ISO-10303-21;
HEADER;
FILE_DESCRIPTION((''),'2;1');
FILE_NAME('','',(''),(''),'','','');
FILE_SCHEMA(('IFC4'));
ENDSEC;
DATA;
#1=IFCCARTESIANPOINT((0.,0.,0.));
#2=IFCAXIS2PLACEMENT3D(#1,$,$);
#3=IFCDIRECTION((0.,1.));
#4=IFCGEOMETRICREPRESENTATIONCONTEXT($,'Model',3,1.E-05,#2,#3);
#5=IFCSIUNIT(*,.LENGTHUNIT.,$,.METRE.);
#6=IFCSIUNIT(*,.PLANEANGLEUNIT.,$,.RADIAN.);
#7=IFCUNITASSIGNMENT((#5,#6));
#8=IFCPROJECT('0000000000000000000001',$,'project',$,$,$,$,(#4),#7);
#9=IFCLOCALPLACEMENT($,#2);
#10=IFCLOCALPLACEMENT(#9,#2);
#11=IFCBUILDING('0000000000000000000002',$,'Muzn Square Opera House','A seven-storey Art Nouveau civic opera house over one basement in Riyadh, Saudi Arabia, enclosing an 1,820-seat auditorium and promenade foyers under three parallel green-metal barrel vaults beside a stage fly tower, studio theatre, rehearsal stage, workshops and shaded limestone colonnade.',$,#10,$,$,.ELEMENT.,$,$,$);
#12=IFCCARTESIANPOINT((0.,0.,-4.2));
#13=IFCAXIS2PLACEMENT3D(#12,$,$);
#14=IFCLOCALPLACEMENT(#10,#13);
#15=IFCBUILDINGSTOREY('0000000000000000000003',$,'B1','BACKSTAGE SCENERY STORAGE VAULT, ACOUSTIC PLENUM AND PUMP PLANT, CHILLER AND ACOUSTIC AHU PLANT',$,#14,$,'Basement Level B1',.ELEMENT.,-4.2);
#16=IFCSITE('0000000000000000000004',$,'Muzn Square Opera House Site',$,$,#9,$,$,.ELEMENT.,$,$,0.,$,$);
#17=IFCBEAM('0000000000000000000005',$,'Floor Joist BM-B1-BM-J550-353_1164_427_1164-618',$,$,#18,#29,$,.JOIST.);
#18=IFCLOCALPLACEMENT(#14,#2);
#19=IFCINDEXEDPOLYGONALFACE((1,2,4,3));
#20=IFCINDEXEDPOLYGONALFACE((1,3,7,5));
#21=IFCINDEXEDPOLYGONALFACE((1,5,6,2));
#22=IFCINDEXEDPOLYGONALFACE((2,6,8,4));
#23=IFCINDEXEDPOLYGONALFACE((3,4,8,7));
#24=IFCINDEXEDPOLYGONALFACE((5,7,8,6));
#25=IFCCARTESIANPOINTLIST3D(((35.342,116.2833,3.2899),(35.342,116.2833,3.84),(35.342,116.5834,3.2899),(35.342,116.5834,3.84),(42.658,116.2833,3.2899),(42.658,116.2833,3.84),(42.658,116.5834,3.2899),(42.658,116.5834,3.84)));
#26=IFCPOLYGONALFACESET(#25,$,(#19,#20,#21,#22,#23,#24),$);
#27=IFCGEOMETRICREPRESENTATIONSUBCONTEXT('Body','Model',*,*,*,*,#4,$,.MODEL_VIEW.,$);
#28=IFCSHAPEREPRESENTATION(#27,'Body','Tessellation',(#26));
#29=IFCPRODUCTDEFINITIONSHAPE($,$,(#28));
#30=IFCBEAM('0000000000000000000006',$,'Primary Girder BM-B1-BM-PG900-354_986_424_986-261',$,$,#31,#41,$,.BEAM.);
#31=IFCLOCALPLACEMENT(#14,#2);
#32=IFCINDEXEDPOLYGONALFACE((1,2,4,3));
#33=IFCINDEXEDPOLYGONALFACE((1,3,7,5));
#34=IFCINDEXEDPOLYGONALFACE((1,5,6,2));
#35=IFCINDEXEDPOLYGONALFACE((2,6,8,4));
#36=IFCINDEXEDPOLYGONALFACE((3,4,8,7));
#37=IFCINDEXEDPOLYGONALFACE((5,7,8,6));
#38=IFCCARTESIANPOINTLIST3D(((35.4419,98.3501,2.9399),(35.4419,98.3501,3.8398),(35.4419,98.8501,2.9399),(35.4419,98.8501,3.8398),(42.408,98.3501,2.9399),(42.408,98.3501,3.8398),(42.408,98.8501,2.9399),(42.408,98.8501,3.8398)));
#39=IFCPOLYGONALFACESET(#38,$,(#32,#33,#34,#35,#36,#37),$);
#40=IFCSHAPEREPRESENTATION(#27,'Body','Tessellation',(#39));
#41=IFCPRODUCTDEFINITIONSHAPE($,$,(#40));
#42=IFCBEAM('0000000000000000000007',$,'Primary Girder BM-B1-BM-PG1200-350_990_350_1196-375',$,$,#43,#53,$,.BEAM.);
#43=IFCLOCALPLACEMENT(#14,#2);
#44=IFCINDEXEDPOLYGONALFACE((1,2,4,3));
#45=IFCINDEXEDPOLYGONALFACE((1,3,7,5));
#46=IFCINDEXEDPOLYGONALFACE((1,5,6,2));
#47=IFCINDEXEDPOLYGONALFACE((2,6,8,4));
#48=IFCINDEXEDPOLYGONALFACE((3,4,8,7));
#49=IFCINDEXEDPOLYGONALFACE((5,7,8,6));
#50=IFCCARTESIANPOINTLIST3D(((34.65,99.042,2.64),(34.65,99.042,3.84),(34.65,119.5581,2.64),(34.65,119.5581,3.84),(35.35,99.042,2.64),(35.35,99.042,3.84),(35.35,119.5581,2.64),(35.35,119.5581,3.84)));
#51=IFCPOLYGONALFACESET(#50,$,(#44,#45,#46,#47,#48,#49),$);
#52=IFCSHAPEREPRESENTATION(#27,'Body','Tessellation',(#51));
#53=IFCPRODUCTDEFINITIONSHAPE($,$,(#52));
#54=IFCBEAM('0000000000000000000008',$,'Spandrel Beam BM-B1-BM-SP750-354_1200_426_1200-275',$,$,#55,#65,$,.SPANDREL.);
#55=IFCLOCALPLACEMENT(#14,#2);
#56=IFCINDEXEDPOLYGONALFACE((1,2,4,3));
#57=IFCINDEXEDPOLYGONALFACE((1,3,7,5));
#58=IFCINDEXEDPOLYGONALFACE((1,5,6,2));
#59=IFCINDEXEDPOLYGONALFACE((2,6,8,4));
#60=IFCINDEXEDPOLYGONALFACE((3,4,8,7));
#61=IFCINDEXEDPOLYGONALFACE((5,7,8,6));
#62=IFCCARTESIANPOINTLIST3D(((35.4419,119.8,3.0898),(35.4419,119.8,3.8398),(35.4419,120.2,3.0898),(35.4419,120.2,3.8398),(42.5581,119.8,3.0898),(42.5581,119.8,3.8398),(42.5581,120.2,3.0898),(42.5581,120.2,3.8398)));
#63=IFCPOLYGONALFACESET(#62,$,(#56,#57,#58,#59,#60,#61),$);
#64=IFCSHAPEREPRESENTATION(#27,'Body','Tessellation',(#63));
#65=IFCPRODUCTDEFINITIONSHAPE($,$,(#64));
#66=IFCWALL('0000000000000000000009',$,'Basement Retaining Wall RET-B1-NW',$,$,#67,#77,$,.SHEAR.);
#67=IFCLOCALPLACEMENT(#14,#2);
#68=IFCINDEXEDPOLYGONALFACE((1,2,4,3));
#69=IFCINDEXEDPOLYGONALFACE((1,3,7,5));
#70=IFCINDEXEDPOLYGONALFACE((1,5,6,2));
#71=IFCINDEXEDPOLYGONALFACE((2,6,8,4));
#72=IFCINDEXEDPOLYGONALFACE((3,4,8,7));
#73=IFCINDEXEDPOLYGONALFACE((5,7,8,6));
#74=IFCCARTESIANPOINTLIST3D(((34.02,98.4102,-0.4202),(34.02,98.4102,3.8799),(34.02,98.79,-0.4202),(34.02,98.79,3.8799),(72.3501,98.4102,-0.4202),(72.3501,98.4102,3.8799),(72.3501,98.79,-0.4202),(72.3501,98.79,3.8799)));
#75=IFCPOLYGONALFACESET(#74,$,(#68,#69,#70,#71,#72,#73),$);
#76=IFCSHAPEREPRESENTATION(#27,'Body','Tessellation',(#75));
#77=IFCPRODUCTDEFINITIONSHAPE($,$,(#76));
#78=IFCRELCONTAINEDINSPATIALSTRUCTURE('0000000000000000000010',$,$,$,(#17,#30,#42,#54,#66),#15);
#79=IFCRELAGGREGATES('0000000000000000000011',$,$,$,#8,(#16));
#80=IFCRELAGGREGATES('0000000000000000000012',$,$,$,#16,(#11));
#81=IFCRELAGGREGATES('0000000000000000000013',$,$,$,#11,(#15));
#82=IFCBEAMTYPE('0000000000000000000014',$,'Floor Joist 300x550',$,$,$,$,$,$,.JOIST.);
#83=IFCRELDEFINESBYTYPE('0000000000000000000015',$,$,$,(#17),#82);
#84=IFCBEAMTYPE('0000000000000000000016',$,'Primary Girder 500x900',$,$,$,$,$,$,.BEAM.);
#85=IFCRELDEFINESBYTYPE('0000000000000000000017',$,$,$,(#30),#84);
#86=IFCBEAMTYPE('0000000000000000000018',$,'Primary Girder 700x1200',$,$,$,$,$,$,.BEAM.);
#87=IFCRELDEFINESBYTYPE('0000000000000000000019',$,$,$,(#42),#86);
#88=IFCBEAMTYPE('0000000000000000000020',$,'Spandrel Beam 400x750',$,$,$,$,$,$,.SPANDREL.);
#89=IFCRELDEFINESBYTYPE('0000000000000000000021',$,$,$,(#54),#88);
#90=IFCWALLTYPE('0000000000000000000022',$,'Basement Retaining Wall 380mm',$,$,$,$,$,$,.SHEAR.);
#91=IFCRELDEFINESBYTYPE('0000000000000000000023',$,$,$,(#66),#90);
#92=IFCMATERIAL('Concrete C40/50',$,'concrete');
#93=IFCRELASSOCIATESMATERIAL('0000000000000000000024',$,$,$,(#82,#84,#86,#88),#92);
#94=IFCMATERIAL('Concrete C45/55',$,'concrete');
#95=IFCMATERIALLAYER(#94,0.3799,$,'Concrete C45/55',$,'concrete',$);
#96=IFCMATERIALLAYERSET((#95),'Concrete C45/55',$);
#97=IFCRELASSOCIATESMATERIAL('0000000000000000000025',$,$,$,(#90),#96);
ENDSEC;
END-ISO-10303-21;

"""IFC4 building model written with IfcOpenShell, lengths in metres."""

from ifc_helpers import new_model, si_unit, direction, frame, frame_2d, origin, origin_2d, place, context, subcontext, project, spatial, rectangle, extrude, material, layer, layer_set, material_profile, profile_set, type_object, element, save


model = new_model("IFC4")

# Units and contexts
model_context = context("Model", 3, precision=1e-05, world=origin(), true_north=direction((0.0, 1.0)))
body_context = subcontext(model_context, "Body", "Model", "MODEL_VIEW")
ifc_project = project(units=[si_unit("LENGTHUNIT", "METRE"), si_unit("PLANEANGLEUNIT", "RADIAN")], contexts=[model_context])

# Site, building, storey
site_placement = place(None, origin())
site = spatial("IfcSite", under=ifc_project, at=site_placement, Name="Muzn Square Opera House Site", CompositionType="ELEMENT", RefElevation=0.0)
building_placement = place(site_placement, origin())
building = spatial("IfcBuilding", under=site, at=building_placement, Name="Muzn Square Opera House", Description="A seven-storey Art Nouveau civic opera house over one basement in Riyadh, Saudi Arabia, enclosing an 1,820-seat auditorium and promenade foyers under three parallel green-metal barrel vaults beside a stage fly tower, studio theatre, rehearsal stage, workshops and shaded limestone colonnade.", CompositionType="ELEMENT")
storey_placement = place(building_placement, frame((0.0, 0.0, -4.2)))
storey = spatial("IfcBuildingStorey", under=building, at=storey_placement, Name="B1", Description="BACKSTAGE SCENERY STORAGE VAULT, ACOUSTIC PLENUM AND PUMP PLANT, CHILLER AND ACOUSTIC AHU PLANT", LongName="Basement Level B1", CompositionType="ELEMENT", Elevation=-4.2)

# Shared definitions
ifc_material_1 = material(Name="Concrete C40/50", Category="concrete")

# Shared definitions
ifc_material_2 = material(Name="Concrete C45/55", Category="concrete")

# Beams
ifc_material_profile_1 = material_profile(ifc_material_1, rectangle(XDim=0.3, YDim=0.55, at=origin_2d()), Name="RCJ 300x550", Category="concrete")
ifc_profile_set_1 = profile_set([ifc_material_profile_1], Name="Concrete C40/50")
beam_type_1 = type_object("IfcBeamType", Name="Floor Joist 300x550", PredefinedType="JOIST", material=ifc_profile_set_1)
for number, where, z_axis, x_axis, name in (
    (1, (35.342, 116.4333, 3.5649), (1.0, 0.0, 0.0), (0.0, 1.0, 0.0), "Floor Joist BM-B1-BM-J550-353_1164_427_1164-618"),
):
    element("IfcBeam", number, at=place(storey_placement, frame(where, z_axis=z_axis, x_axis=x_axis)), inside=storey, type_object=beam_type_1, Name=name, PredefinedType="JOIST", context=body_context, shape_type="SweptSolid", body=[
        extrude(rectangle(XDim=0.3, YDim=0.55, at=origin_2d()), origin(), (0.0, 0.0, 1.0), 7.3159),
    ])
ifc_material_profile_2 = material_profile(ifc_material_1, rectangle(XDim=0.5, YDim=0.8999, at=origin_2d()), Name="RCB 500x900", Category="concrete")
ifc_profile_set_2 = profile_set([ifc_material_profile_2], Name="Concrete C40/50")
beam_type_2 = type_object("IfcBeamType", Name="Primary Girder 500x900", PredefinedType="BEAM", material=ifc_profile_set_2)
beam_1_placement = place(storey_placement, frame((35.4419, 98.6001, 3.3899), z_axis=(1.0, 0.0, 0.0), x_axis=(0.0, 1.0, 0.0)))
element("IfcBeam", 2, at=beam_1_placement, inside=storey, type_object=beam_type_2, Name="Primary Girder BM-B1-BM-PG900-354_986_424_986-261", PredefinedType="BEAM", context=body_context, shape_type="SweptSolid", body=[
    extrude(rectangle(XDim=0.5, YDim=0.8999, at=origin_2d()), origin(), (0.0, 0.0, 1.0), 6.9661),
])
ifc_material_profile_3 = material_profile(ifc_material_1, rectangle(XDim=0.7, YDim=1.2, at=origin_2d()), Name="RCB 700x1200", Category="concrete")
ifc_profile_set_3 = profile_set([ifc_material_profile_3], Name="Concrete C40/50")
beam_type_3 = type_object("IfcBeamType", Name="Primary Girder 700x1200", PredefinedType="BEAM", material=ifc_profile_set_3)
beam_2_placement = place(storey_placement, frame((35.0, 99.042, 3.24), z_axis=(0.0, 1.0, 0.0), x_axis=(-1.0, 0.0, 0.0)))
element("IfcBeam", 3, at=beam_2_placement, inside=storey, type_object=beam_type_3, Name="Primary Girder BM-B1-BM-PG1200-350_990_350_1196-375", PredefinedType="BEAM", context=body_context, shape_type="SweptSolid", body=[
    extrude(rectangle(XDim=0.7, YDim=1.2, at=origin_2d()), origin(), (0.0, 0.0, 1.0), 20.5161),
])
ifc_material_profile_4 = material_profile(ifc_material_1, rectangle(XDim=0.3999, YDim=0.75, at=origin_2d()), Name="RCS 400x750", Category="concrete")
ifc_profile_set_4 = profile_set([ifc_material_profile_4], Name="Concrete C40/50")
beam_type_4 = type_object("IfcBeamType", Name="Spandrel Beam 400x750", PredefinedType="SPANDREL", material=ifc_profile_set_4)
beam_3_placement = place(storey_placement, frame((35.4419, 120.0, 3.4648), z_axis=(1.0, 0.0, 0.0), x_axis=(0.0, 1.0, 0.0)))
element("IfcBeam", 4, at=beam_3_placement, inside=storey, type_object=beam_type_4, Name="Spandrel Beam BM-B1-BM-SP750-354_1200_426_1200-275", PredefinedType="SPANDREL", context=body_context, shape_type="SweptSolid", body=[
    extrude(rectangle(XDim=0.3999, YDim=0.75, at=origin_2d()), origin(), (0.0, 0.0, 1.0), 7.1162),
])

# Wall
ifc_layer = layer(ifc_material_2, 0.3799, Name="Concrete C45/55", Category="concrete")
ifc_layer_set = layer_set([ifc_layer], Name="Concrete C45/55")
wall_type = type_object("IfcWallType", Name="Basement Retaining Wall 380mm", PredefinedType="SHEAR", material=ifc_layer_set)
wall_placement = place(storey_placement, frame((34.02, 98.6001, -0.4202), z_axis=(0.0, 0.0, 1.0), x_axis=(1.0, 0.0, 0.0)))
element("IfcWall", 5, at=wall_placement, inside=storey, type_object=wall_type, Name="Basement Retaining Wall RET-B1-NW", PredefinedType="SHEAR", context=body_context, shape_type="SweptSolid", body=[
    extrude(rectangle(XDim=38.3301, YDim=0.3799, at=frame_2d((19.165, 0.0))), origin(), (0.0, 0.0, 1.0), 4.3),
])

save(model, "model.ifc")
